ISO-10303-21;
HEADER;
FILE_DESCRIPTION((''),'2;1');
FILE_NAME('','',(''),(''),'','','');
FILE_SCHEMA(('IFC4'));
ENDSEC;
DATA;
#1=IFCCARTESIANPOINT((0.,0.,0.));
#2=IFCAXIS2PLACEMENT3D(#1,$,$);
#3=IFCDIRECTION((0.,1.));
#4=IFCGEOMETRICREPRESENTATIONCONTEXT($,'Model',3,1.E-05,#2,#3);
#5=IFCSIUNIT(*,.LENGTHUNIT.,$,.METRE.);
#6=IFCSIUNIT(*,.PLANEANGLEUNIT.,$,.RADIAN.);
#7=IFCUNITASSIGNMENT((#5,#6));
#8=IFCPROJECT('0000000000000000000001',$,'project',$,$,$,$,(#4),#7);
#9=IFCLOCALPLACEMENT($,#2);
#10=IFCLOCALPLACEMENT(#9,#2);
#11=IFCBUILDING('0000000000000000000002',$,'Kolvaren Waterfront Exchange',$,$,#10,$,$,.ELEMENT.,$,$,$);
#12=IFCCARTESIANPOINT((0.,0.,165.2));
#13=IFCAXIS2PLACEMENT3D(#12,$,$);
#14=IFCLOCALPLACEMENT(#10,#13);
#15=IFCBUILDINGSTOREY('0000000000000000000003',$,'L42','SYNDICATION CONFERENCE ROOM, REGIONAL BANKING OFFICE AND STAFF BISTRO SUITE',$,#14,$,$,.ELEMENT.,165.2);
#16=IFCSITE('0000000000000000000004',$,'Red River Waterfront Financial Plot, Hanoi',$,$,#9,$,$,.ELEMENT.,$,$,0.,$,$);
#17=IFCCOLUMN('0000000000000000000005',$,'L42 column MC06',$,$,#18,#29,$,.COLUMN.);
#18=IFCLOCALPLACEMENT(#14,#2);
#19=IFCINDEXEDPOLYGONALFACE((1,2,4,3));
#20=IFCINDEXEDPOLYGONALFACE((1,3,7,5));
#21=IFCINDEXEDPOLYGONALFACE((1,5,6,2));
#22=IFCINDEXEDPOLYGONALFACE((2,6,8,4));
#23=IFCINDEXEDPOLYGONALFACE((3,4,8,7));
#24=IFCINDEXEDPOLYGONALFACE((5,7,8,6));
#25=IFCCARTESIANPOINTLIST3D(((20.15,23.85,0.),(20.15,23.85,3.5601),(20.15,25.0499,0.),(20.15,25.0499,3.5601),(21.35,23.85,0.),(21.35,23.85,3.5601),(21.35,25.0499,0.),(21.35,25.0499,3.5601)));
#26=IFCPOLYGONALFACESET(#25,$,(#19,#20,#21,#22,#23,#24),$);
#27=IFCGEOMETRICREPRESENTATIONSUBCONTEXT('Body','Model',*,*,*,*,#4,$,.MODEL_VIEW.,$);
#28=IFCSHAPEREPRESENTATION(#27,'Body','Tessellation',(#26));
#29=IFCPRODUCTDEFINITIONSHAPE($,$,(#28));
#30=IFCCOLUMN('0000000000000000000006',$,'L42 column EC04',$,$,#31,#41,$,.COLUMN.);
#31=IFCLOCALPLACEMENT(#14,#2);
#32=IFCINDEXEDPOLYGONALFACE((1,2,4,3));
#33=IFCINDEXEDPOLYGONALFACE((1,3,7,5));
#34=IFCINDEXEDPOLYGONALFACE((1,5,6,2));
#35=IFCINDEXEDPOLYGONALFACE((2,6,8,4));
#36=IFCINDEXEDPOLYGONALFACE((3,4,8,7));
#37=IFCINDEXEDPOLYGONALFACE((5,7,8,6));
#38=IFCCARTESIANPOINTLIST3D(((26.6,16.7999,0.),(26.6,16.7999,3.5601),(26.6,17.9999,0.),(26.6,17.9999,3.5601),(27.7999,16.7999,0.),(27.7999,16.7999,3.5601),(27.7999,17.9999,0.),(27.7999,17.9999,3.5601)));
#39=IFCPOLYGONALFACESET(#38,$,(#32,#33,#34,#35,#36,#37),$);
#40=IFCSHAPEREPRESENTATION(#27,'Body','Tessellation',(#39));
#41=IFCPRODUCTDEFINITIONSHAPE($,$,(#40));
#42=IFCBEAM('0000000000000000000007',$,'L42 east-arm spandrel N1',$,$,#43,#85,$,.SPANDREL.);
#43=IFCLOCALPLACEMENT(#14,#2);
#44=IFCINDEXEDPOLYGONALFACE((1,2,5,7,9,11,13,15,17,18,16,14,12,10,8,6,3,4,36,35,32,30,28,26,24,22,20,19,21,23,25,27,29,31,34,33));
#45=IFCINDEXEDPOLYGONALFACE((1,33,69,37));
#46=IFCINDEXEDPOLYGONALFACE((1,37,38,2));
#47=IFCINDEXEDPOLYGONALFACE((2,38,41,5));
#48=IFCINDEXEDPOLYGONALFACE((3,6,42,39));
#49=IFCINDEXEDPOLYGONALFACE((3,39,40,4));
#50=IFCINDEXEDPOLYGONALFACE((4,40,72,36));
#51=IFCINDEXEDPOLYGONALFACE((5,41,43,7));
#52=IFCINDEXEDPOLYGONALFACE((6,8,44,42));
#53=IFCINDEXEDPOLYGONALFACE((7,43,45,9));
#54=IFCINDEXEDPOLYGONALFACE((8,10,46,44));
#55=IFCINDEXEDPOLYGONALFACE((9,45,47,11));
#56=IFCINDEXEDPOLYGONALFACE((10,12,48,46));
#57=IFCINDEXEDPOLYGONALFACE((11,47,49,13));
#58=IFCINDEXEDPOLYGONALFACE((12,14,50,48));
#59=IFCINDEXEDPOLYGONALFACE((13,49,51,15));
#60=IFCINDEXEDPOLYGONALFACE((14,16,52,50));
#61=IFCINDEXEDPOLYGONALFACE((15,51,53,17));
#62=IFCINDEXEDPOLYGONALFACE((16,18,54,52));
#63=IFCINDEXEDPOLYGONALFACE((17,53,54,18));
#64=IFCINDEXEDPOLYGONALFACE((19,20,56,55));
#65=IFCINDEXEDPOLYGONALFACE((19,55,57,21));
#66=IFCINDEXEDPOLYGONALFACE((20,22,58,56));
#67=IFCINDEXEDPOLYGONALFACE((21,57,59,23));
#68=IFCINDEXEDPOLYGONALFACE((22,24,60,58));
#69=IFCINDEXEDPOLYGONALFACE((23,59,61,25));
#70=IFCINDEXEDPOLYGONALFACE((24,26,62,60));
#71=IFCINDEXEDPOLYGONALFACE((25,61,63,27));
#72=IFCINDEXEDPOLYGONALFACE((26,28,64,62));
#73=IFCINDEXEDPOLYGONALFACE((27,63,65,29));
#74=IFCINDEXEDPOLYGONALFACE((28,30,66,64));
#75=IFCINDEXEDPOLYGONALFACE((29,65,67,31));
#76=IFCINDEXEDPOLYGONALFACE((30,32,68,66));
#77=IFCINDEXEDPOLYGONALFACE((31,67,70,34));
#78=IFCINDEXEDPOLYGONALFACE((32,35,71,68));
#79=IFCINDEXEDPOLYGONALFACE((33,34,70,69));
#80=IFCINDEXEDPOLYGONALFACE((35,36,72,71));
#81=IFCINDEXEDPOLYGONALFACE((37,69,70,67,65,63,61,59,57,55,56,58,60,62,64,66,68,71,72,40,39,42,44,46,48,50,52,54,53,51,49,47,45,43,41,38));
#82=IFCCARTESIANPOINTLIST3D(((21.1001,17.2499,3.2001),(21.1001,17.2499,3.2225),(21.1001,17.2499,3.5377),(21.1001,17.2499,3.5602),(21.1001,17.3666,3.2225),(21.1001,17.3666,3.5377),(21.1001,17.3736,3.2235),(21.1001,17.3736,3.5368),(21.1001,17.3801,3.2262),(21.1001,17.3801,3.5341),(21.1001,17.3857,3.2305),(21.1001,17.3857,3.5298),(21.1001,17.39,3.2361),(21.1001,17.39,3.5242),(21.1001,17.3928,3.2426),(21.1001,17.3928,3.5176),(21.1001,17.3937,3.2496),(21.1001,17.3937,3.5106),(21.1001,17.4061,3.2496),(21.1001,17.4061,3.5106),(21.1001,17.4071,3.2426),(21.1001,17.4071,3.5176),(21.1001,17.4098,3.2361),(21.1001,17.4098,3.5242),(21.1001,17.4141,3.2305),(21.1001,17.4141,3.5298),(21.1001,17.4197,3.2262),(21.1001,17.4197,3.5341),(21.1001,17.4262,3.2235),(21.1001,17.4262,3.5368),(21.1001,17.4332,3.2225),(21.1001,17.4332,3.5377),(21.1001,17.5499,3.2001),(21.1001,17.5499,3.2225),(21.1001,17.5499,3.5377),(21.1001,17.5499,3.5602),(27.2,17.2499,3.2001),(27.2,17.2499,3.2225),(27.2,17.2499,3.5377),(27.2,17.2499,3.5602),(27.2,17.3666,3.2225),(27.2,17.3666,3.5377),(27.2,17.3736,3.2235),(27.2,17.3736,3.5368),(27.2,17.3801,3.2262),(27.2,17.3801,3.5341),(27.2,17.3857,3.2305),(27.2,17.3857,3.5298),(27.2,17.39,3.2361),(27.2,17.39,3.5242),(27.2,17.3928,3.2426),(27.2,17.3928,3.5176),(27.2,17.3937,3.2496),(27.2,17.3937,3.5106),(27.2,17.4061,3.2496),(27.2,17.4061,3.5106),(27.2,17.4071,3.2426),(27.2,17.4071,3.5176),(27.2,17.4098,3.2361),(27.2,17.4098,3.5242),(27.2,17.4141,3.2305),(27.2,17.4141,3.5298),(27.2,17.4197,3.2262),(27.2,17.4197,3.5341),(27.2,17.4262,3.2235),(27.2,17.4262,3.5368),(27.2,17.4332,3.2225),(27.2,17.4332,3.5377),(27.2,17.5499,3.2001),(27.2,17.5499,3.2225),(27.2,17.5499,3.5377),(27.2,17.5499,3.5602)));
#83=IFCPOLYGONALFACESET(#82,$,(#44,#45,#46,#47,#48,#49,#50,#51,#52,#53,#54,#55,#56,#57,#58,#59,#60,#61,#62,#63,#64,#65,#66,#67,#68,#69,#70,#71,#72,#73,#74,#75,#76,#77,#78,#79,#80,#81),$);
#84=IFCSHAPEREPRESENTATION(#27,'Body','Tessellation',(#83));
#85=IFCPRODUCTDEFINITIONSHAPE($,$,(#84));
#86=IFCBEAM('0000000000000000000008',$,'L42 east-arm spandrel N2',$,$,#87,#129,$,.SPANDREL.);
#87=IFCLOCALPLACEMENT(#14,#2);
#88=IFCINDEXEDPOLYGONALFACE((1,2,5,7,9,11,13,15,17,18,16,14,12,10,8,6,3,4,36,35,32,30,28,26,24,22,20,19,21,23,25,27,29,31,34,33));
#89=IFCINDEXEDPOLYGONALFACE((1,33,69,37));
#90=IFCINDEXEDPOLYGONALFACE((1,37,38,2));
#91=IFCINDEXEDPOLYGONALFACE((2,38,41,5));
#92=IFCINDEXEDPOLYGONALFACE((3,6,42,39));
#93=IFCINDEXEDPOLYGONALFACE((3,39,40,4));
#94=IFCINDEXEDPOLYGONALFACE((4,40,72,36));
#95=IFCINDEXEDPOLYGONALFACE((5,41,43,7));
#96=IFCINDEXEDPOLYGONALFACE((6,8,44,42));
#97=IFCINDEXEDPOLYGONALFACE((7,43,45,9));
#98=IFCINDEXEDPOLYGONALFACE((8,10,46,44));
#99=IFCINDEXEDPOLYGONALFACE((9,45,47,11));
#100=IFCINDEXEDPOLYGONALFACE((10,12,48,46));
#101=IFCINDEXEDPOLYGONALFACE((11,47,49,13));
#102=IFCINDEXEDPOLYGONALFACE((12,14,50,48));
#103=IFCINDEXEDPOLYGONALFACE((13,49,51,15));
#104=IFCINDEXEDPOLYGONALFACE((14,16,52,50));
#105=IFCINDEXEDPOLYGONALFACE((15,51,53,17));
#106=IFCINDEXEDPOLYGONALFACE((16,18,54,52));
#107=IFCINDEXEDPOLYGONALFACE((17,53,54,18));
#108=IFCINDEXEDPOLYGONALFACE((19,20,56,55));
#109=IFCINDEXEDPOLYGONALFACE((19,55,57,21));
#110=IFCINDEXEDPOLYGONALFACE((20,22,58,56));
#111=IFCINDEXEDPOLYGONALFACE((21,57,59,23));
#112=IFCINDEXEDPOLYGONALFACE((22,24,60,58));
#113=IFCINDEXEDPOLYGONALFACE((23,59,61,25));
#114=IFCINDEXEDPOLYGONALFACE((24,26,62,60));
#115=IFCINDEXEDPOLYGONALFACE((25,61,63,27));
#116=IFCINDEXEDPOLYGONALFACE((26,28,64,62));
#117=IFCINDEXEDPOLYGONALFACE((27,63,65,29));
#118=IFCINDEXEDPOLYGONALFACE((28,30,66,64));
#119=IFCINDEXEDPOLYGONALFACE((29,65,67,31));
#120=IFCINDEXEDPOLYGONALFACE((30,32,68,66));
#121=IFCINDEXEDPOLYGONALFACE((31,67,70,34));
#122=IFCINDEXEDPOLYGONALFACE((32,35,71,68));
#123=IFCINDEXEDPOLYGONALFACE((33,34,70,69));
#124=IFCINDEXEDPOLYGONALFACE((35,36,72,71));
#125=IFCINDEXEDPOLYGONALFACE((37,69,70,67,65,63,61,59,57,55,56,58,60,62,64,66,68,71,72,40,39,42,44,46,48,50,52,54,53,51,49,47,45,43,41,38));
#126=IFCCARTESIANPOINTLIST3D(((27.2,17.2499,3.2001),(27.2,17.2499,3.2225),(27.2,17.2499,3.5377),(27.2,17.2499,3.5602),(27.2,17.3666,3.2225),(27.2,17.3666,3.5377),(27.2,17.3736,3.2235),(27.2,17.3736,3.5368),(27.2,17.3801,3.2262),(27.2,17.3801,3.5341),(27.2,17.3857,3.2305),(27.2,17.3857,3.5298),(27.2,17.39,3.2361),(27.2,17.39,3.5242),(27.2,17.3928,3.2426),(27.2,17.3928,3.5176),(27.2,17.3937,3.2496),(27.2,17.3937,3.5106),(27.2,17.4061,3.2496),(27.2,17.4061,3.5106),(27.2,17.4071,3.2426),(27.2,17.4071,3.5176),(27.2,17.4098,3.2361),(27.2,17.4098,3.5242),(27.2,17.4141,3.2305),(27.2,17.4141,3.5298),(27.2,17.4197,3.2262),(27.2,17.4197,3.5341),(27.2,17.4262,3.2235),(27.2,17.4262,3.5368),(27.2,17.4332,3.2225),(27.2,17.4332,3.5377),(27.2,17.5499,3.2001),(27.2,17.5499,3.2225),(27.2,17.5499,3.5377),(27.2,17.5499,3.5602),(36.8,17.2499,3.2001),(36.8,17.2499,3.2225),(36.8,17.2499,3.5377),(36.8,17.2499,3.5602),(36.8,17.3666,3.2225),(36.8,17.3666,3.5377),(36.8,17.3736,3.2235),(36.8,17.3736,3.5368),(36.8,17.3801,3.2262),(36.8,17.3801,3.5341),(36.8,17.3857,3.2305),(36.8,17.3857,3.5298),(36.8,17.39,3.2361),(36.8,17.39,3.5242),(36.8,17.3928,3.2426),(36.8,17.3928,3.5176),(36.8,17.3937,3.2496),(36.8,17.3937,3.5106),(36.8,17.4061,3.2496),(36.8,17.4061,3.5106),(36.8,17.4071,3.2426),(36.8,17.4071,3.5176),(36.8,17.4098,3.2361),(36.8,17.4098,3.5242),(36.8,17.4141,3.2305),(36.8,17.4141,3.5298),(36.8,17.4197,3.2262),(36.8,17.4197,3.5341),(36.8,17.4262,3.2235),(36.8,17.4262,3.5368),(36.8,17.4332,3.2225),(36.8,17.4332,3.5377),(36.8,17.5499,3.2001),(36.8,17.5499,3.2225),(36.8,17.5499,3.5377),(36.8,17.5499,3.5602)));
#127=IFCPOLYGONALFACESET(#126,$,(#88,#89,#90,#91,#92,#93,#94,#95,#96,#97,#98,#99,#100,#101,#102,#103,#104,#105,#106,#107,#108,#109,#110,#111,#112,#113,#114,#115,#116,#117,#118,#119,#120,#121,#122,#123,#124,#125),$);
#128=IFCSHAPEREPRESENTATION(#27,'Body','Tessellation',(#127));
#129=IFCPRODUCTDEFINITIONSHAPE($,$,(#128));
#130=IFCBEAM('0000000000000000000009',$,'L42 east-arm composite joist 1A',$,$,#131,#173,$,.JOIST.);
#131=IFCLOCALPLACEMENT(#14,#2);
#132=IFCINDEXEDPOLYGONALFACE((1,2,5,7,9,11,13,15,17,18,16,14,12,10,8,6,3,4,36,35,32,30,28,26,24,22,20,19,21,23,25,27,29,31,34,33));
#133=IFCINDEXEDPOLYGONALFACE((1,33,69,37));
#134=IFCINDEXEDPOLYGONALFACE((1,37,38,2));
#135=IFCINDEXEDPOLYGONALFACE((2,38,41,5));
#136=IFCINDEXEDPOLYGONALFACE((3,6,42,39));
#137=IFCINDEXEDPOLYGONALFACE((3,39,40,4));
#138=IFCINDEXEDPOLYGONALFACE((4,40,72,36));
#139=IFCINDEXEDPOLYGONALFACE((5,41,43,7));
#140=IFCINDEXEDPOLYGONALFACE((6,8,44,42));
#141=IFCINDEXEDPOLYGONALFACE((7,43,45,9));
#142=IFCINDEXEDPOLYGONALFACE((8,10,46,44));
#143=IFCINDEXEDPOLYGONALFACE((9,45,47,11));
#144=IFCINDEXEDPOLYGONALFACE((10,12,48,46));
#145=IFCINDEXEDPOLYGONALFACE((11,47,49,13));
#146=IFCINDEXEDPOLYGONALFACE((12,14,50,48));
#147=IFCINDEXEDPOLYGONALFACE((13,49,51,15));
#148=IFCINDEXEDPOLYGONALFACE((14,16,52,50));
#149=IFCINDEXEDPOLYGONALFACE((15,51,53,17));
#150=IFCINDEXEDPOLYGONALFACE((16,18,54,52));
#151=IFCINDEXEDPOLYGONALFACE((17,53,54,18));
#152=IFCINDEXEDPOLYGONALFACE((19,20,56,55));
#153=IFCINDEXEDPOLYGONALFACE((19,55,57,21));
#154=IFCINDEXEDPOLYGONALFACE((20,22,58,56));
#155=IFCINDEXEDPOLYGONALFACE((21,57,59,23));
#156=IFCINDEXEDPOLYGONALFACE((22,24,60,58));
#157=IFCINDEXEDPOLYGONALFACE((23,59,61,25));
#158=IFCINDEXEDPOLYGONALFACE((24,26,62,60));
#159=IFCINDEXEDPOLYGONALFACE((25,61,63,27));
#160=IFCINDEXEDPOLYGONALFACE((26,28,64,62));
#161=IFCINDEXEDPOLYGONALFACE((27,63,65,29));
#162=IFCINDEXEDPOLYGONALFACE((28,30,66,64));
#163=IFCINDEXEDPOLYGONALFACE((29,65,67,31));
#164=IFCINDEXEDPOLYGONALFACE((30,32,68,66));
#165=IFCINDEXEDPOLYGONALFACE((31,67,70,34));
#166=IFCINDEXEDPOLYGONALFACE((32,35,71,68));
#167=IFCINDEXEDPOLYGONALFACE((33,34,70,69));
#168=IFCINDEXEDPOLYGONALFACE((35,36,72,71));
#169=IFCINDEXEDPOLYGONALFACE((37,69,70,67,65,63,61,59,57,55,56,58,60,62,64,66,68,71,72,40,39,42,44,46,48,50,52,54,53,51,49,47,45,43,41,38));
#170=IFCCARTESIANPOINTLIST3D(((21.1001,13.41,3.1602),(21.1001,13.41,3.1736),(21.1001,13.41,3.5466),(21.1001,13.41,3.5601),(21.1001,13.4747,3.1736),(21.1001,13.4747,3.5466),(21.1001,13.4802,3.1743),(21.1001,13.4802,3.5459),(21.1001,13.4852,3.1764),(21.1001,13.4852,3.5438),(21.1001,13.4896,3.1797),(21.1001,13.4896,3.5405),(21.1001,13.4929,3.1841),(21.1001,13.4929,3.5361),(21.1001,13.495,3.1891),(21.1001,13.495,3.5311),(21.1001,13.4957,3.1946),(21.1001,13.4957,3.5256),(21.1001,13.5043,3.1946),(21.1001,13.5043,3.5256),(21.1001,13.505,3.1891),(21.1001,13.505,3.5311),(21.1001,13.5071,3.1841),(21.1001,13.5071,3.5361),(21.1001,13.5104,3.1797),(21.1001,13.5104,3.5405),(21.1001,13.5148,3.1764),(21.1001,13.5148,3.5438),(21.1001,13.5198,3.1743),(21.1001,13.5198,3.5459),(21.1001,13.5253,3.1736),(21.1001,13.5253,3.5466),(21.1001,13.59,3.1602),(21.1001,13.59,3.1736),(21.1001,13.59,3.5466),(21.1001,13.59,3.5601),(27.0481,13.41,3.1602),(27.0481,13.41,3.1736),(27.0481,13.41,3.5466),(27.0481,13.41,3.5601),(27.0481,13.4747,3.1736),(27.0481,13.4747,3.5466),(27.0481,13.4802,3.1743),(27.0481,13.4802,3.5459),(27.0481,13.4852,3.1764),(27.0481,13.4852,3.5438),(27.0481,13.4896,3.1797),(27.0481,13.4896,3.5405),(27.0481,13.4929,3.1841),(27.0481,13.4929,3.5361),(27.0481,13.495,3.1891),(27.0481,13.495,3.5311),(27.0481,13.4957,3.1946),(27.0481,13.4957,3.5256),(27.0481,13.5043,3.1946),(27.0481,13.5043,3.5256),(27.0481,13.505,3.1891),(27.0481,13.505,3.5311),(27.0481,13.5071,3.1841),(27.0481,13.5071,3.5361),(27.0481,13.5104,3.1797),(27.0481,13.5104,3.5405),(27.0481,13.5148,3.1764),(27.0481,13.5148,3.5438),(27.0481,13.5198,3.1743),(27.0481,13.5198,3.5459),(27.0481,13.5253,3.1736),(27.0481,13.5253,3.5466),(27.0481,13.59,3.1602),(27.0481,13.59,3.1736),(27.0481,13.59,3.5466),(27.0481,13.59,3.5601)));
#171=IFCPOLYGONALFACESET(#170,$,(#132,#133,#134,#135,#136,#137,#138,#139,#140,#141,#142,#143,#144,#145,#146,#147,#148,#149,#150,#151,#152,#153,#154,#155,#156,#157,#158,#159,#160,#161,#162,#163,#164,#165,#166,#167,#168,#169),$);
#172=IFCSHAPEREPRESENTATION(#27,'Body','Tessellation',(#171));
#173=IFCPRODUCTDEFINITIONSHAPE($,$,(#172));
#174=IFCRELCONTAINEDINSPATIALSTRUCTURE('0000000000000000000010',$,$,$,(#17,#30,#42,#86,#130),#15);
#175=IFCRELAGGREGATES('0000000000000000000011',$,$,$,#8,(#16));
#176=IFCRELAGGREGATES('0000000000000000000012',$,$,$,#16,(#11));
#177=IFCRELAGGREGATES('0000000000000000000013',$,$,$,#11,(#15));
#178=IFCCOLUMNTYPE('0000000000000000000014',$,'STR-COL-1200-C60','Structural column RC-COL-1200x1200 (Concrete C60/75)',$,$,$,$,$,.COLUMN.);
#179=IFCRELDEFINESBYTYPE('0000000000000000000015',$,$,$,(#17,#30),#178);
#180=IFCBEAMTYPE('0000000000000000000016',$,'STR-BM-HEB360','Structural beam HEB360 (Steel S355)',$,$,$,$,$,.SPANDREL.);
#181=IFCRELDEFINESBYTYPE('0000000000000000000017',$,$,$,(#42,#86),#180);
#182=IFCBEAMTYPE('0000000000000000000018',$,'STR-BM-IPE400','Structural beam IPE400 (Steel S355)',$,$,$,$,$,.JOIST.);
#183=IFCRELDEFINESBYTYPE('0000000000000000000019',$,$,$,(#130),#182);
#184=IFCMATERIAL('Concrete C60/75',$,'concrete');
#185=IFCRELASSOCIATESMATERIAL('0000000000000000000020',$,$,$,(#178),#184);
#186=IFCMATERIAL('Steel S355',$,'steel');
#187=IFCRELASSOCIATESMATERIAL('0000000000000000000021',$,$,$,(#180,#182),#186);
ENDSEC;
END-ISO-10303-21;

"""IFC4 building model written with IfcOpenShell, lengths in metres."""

from ifc_helpers import new_model, si_unit, direction, frame, origin, origin_2d, place, context, subcontext, project, spatial, rectangle, i_section, extrude, material, material_profile, profile_set, type_object, element, save


model = new_model("IFC4")

# Units and contexts
model_context = context("Model", 3, precision=1e-05, world=origin(), true_north=direction((0.0, 1.0)))
body_context = subcontext(model_context, "Body", "Model", "MODEL_VIEW")
ifc_project = project(units=[si_unit("LENGTHUNIT", "METRE"), si_unit("PLANEANGLEUNIT", "RADIAN")], contexts=[model_context])

# Site, building, storey
site_placement = place(None, origin())
site = spatial("IfcSite", under=ifc_project, at=site_placement, Name="Red River Waterfront Financial Plot, Hanoi", CompositionType="ELEMENT", RefElevation=0.0)
building_placement = place(site_placement, origin())
building = spatial("IfcBuilding", under=site, at=building_placement, Name="Kolvaren Waterfront Exchange", CompositionType="ELEMENT")
storey_placement = place(building_placement, frame((0.0, 0.0, 165.2)))
storey = spatial("IfcBuildingStorey", under=building, at=storey_placement, Name="L42", Description="SYNDICATION CONFERENCE ROOM, REGIONAL BANKING OFFICE AND STAFF BISTRO SUITE", CompositionType="ELEMENT", Elevation=165.2)

# Columns
ifc_material_1 = material(Name="Concrete C60/75", Category="concrete")
ifc_material_profile_1 = material_profile(ifc_material_1, rectangle(XDim=1.2, YDim=1.2, at=origin_2d()), Name="RC-COL-1200x1200")
ifc_profile_set_1 = profile_set([ifc_material_profile_1], Name="Concrete C60/75")
column_type = type_object("IfcColumnType", Name="STR-COL-1200-C60", Description="Structural column RC-COL-1200x1200 (Concrete C60/75)", PredefinedType="COLUMN", material=ifc_profile_set_1)
for number, where, z_axis, x_axis, name in (
    (1, (20.75, 24.45, 0.0), (0.0, 0.0, 1.0), (1.0, 0.0, 0.0), "L42 column MC06"),
    (2, (27.2, 17.3999, 0.0), (0.0, 0.0, 1.0), (1.0, 0.0, 0.0), "L42 column EC04"),
):
    element("IfcColumn", number, at=place(storey_placement, frame(where, z_axis=z_axis, x_axis=x_axis)), inside=storey, type_object=column_type, Name=name, PredefinedType="COLUMN", context=body_context, shape_type="SweptSolid", body=[
        extrude(rectangle(XDim=1.2, YDim=1.2, at=origin_2d()), origin(), (0.0, 0.0, 1.0), 3.5601),
    ])

# Beams
ifc_material_2 = material(Name="Steel S355", Category="steel")
ifc_material_profile_2 = material_profile(ifc_material_2, i_section(OverallWidth=0.3, OverallDepth=0.3601, WebThickness=0.0125, FlangeThickness=0.0225, FilletRadius=0.0271, at=origin_2d()), Name="HEB360")
ifc_profile_set_2 = profile_set([ifc_material_profile_2], Name="Steel S355")
beam_type_1 = type_object("IfcBeamType", Name="STR-BM-HEB360", Description="Structural beam HEB360 (Steel S355)", PredefinedType="SPANDREL", material=ifc_profile_set_2)
beam_1_placement = place(storey_placement, frame((21.1001, 17.3999, 3.3801), z_axis=(1.0, 0.0, 0.0), x_axis=(0.0, 1.0, 0.0)))
element("IfcBeam", 3, at=beam_1_placement, inside=storey, type_object=beam_type_1, Name="L42 east-arm spandrel N1", PredefinedType="SPANDREL", context=body_context, shape_type="SweptSolid", body=[
    extrude(i_section(OverallWidth=0.3, OverallDepth=0.3601, WebThickness=0.0125, FlangeThickness=0.0225, FilletRadius=0.0271, at=origin_2d()), origin(), (0.0, 0.0, 1.0), 6.0999),
])
beam_2_placement = place(storey_placement, frame((27.2, 17.3999, 3.3801), z_axis=(1.0, 0.0, 0.0), x_axis=(0.0, 1.0, 0.0)))
element("IfcBeam", 4, at=beam_2_placement, inside=storey, type_object=beam_type_1, Name="L42 east-arm spandrel N2", PredefinedType="SPANDREL", context=body_context, shape_type="SweptSolid", body=[
    extrude(i_section(OverallWidth=0.3, OverallDepth=0.3601, WebThickness=0.0125, FlangeThickness=0.0225, FilletRadius=0.0271, at=origin_2d()), origin(), (0.0, 0.0, 1.0), 9.6001),
])
ifc_material_profile_3 = material_profile(ifc_material_2, i_section(OverallWidth=0.1799, OverallDepth=0.3999, WebThickness=0.0085, FlangeThickness=0.0134, FilletRadius=0.021, at=origin_2d()), Name="IPE400")
ifc_profile_set_3 = profile_set([ifc_material_profile_3], Name="Steel S355")
beam_type_2 = type_object("IfcBeamType", Name="STR-BM-IPE400", Description="Structural beam IPE400 (Steel S355)", PredefinedType="JOIST", material=ifc_profile_set_3)
for number, where, z_axis, x_axis, name in (
    (5, (21.1001, 13.5, 3.3601), (1.0, 0.0, 0.0), (0.0, 1.0, 0.0), "L42 east-arm composite joist 1A"),
):
    element("IfcBeam", number, at=place(storey_placement, frame(where, z_axis=z_axis, x_axis=x_axis)), inside=storey, type_object=beam_type_2, Name=name, PredefinedType="JOIST", context=body_context, shape_type="SweptSolid", body=[
        extrude(i_section(OverallWidth=0.1799, OverallDepth=0.3999, WebThickness=0.0085, FlangeThickness=0.0134, FilletRadius=0.021, at=origin_2d()), origin(), (0.0, 0.0, 1.0), 5.948),
    ])

save(model, "model.ifc")
